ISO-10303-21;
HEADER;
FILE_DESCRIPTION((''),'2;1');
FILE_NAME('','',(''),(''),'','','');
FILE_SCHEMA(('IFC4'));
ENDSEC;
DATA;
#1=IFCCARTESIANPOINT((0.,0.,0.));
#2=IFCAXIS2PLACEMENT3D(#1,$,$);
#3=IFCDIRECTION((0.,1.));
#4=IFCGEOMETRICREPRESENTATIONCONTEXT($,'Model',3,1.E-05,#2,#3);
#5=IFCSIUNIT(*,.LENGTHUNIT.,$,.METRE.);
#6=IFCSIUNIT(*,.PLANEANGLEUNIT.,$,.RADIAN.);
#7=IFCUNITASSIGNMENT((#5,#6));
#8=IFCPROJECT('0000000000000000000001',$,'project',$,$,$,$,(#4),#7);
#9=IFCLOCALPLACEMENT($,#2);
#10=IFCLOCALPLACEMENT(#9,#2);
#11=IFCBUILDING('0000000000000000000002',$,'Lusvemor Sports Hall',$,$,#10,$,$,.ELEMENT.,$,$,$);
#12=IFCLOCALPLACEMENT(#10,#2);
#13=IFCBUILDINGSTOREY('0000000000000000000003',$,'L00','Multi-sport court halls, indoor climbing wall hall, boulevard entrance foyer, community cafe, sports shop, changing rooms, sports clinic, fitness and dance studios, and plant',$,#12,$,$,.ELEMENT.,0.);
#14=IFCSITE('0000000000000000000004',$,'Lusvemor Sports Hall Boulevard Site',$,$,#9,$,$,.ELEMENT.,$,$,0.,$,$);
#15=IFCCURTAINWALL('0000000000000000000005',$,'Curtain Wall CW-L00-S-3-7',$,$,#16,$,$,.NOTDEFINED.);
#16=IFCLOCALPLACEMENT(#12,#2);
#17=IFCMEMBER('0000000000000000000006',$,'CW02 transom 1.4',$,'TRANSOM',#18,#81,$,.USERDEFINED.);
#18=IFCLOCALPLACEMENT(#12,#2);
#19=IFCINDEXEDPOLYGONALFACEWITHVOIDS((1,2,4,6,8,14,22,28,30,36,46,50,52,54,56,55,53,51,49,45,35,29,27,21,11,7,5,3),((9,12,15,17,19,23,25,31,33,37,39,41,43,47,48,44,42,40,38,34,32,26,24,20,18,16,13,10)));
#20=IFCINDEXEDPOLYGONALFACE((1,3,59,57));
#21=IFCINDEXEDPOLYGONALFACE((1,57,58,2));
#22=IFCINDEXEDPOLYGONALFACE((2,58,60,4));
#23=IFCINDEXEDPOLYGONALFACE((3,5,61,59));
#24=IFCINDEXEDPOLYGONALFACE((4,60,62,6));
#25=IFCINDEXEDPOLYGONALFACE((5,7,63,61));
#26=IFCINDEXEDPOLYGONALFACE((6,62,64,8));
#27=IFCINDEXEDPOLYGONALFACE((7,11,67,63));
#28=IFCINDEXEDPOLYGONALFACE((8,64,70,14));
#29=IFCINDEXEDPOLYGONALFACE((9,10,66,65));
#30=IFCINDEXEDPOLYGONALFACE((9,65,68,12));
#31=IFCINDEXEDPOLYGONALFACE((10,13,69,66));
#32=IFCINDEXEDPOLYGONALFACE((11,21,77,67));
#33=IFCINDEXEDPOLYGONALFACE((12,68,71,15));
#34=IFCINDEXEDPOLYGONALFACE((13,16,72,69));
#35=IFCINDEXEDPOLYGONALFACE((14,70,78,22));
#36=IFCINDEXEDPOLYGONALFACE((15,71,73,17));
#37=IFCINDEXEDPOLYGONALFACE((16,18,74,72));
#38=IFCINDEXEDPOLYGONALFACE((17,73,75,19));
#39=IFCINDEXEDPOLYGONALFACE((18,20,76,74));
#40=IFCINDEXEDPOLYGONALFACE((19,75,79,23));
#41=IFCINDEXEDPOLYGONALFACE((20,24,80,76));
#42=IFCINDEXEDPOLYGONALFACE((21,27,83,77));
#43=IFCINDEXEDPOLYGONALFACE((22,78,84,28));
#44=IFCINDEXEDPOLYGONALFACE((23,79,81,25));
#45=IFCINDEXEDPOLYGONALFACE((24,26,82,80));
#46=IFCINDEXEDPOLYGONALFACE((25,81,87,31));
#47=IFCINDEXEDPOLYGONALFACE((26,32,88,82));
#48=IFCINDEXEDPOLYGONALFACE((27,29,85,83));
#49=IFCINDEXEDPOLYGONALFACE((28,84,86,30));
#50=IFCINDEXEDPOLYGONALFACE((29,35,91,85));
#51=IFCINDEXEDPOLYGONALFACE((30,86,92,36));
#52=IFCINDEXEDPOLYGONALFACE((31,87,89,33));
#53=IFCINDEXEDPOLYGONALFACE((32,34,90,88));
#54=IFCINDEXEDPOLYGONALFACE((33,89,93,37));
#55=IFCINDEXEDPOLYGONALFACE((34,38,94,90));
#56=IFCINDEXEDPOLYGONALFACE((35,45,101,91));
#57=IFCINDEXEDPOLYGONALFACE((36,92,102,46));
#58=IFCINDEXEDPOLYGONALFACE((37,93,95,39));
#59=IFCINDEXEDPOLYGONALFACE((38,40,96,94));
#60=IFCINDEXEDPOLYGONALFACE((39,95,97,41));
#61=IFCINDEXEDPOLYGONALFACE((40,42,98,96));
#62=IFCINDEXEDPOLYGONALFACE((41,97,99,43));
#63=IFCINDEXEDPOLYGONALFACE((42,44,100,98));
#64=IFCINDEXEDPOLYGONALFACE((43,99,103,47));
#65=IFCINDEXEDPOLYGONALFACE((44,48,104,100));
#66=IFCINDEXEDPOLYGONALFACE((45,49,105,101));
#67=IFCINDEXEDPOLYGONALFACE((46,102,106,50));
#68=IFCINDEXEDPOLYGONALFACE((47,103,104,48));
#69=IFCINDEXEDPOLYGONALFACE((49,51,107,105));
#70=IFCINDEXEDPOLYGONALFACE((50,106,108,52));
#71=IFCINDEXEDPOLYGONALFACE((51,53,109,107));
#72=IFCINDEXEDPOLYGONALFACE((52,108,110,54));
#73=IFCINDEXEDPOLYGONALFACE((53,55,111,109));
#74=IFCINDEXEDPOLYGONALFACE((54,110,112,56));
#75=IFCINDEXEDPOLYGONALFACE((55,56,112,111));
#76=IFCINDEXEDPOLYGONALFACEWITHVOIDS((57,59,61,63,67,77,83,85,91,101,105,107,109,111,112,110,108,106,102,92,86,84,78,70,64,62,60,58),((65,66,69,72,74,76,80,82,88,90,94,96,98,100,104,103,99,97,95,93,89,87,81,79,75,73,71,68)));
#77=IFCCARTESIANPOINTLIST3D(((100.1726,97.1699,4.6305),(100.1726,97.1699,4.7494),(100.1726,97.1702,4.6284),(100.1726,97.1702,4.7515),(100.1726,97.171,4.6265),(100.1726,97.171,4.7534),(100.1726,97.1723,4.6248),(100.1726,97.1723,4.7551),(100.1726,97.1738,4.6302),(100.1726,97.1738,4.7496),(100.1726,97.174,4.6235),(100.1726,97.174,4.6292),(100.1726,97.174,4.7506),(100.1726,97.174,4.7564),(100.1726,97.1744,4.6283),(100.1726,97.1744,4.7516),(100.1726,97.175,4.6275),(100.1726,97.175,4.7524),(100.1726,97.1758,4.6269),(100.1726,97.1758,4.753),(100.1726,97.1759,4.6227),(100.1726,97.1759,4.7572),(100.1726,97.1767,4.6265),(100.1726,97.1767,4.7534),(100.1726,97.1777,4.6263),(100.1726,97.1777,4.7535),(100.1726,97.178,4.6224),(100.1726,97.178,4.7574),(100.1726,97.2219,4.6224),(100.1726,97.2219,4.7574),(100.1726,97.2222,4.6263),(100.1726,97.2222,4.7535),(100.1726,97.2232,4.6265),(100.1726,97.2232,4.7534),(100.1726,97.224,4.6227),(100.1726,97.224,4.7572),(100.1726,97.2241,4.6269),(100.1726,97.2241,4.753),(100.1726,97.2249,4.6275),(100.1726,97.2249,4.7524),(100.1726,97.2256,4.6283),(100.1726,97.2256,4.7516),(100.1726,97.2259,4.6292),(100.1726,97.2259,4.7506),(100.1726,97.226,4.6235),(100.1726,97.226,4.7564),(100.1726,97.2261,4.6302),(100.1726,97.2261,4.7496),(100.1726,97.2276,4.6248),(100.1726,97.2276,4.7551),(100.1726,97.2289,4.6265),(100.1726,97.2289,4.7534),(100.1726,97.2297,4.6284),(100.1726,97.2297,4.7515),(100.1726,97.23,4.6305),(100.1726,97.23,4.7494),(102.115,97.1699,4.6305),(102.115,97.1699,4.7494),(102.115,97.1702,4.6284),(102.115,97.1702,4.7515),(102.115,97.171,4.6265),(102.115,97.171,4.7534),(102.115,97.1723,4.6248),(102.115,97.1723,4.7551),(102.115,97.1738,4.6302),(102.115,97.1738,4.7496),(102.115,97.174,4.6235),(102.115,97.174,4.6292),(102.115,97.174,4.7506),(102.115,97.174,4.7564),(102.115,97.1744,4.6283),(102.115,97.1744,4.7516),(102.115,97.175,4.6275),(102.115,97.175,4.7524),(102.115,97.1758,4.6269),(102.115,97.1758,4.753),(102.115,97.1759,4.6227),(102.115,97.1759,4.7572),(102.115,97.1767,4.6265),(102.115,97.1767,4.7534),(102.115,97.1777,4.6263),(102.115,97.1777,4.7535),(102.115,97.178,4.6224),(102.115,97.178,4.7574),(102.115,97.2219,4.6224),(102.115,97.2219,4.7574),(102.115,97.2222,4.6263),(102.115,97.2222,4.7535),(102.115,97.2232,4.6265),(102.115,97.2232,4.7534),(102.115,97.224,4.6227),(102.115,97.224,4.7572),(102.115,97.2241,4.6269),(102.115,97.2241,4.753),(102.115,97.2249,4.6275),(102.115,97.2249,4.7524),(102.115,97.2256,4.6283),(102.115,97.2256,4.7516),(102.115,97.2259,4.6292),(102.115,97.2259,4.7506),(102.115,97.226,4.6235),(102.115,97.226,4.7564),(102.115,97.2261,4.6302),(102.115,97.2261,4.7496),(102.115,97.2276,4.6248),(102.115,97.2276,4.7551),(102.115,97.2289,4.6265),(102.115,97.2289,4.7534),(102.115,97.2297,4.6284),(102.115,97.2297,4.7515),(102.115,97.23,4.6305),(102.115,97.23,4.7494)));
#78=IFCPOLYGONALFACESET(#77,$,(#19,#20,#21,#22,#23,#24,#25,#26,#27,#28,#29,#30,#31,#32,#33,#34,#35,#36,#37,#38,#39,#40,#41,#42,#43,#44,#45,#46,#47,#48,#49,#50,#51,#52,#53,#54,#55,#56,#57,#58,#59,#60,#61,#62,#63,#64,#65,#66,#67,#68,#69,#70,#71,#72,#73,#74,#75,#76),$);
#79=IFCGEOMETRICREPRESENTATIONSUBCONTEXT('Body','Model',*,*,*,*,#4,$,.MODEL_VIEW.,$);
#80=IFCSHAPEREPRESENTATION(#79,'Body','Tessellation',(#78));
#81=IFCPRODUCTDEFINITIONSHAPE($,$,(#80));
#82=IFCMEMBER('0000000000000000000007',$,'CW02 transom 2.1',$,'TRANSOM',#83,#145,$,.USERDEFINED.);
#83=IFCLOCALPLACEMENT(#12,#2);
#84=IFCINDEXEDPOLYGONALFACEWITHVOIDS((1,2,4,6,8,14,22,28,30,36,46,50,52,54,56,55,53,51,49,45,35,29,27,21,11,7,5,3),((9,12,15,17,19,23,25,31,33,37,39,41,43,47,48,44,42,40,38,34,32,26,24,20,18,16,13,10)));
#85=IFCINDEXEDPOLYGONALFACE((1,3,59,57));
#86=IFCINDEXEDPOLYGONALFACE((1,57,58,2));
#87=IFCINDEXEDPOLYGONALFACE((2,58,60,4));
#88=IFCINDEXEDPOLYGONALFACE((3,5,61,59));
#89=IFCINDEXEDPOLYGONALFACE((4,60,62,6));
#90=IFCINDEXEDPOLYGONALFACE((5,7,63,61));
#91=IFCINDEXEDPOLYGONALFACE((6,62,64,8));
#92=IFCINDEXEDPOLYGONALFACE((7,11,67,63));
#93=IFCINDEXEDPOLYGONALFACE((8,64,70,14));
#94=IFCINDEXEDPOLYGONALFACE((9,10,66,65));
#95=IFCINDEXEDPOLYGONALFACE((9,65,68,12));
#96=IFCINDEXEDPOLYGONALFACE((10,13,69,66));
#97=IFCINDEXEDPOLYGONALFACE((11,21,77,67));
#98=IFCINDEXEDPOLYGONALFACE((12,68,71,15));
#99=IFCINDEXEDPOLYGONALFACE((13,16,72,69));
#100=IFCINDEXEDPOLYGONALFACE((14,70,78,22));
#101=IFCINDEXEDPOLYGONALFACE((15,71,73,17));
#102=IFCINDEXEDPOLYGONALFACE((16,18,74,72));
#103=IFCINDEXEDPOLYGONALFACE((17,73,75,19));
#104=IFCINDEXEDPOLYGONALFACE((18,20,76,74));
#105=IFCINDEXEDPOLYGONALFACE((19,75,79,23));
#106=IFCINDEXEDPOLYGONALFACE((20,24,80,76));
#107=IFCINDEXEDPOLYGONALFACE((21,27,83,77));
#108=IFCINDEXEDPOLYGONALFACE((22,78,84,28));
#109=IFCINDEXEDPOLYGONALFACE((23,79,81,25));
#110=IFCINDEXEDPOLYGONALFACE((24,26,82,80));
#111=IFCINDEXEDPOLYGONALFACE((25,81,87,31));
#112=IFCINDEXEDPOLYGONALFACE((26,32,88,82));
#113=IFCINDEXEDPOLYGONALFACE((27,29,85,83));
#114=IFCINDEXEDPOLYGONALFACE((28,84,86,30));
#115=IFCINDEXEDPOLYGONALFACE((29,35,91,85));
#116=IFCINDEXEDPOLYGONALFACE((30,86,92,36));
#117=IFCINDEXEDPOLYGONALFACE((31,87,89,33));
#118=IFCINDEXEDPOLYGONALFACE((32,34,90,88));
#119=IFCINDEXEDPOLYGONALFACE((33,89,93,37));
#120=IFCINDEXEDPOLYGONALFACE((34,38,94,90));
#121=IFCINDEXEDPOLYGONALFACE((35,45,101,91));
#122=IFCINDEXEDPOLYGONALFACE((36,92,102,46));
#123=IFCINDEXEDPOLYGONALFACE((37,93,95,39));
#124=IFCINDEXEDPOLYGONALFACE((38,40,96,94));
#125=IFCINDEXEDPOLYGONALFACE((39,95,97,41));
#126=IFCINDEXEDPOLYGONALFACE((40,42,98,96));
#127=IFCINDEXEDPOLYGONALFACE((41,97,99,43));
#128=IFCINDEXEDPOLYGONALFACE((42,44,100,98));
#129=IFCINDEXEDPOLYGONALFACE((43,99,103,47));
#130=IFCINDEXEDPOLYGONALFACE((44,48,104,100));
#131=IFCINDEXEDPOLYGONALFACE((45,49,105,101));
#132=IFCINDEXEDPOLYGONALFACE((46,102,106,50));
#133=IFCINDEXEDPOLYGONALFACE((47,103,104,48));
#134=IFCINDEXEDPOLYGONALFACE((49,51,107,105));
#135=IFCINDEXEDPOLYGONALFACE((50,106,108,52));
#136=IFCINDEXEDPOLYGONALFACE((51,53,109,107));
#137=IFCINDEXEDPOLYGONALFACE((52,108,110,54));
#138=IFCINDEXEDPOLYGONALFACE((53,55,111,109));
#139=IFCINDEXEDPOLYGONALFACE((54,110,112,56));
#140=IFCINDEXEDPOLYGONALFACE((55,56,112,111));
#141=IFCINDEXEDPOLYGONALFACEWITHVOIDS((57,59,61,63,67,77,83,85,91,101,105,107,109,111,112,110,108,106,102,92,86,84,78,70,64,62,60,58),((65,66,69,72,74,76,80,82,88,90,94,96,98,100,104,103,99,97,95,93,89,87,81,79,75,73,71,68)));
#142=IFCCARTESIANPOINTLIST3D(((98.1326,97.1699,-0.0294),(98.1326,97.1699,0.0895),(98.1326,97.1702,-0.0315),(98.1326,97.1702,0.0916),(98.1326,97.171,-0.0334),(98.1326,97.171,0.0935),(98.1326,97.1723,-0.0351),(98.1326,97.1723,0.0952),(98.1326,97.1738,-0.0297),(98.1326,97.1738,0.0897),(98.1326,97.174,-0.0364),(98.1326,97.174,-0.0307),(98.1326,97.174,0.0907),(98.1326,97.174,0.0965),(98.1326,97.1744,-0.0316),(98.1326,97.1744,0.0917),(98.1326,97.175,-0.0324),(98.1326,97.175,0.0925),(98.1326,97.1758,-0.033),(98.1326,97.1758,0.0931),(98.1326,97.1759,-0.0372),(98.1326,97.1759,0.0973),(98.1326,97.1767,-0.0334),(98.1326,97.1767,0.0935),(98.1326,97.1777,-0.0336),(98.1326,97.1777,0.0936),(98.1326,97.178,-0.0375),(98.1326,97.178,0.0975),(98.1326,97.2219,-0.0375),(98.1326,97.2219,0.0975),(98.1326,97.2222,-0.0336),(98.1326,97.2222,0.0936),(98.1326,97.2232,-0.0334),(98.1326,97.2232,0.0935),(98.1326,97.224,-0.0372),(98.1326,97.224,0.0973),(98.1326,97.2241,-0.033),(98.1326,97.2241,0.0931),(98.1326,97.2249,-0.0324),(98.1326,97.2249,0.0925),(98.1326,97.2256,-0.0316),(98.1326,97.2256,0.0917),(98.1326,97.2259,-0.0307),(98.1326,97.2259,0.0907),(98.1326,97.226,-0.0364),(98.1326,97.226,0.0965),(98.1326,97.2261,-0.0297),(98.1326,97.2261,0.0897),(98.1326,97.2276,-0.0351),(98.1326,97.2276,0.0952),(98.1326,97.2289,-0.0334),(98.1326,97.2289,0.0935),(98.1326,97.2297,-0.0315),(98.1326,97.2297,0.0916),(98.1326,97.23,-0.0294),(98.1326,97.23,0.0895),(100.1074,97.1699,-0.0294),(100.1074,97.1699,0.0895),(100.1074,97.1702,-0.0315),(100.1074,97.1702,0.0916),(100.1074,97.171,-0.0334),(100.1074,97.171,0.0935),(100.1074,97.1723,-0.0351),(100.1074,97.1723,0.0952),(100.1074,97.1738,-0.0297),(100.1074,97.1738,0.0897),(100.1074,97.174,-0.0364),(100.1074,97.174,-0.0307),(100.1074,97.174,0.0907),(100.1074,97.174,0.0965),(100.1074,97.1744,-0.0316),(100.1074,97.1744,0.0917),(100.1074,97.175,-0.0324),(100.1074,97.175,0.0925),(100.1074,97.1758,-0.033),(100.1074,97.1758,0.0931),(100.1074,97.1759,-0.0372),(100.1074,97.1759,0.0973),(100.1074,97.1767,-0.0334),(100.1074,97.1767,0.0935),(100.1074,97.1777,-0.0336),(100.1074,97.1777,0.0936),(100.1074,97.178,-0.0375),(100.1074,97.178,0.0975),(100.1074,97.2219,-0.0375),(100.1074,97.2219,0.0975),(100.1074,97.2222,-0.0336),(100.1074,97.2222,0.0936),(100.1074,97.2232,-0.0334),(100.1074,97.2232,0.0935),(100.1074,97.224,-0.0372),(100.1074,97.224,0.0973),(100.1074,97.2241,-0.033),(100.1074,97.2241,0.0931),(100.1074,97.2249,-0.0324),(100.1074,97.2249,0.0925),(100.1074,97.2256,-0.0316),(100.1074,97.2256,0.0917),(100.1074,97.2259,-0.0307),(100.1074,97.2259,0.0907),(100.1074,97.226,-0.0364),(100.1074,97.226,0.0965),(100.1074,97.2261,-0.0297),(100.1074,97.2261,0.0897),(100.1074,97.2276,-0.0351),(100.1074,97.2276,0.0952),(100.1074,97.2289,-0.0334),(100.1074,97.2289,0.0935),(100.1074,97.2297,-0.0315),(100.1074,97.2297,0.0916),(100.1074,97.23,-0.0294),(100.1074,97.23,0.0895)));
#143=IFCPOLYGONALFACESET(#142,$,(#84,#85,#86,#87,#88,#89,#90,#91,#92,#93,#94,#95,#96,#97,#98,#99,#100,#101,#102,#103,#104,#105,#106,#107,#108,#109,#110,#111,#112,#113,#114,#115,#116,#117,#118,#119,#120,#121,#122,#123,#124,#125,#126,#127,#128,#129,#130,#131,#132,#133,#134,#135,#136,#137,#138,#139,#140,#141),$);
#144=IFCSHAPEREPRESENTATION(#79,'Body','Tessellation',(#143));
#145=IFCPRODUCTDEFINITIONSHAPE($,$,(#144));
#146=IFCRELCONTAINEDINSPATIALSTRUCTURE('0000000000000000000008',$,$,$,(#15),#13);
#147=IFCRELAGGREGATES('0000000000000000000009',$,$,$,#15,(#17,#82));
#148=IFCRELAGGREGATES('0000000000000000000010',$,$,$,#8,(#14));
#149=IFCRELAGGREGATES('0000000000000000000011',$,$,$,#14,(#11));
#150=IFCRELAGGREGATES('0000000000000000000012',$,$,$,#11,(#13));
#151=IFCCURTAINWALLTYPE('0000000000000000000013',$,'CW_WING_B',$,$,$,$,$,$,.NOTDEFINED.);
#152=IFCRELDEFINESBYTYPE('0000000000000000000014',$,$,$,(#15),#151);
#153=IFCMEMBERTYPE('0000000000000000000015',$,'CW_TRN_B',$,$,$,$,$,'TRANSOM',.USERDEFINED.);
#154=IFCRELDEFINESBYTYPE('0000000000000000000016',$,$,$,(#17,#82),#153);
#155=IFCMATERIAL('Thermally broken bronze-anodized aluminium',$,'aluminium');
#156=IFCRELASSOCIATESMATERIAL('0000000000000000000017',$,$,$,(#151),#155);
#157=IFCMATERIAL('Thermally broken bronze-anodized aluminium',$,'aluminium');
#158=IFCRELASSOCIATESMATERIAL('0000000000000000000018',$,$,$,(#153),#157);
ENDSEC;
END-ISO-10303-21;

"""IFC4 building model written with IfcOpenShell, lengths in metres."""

from ifc_helpers import new_model, si_unit, direction, frame, origin, origin_2d, place, context, subcontext, project, spatial, hollow_rectangle, extrude, material, material_profile, profile_set, type_object, element, aggregate, save


model = new_model("IFC4")

# Units and contexts
model_context = context("Model", 3, precision=1e-05, world=origin(), true_north=direction((0.0, 1.0)))
body_context = subcontext(model_context, "Body", "Model", "MODEL_VIEW")
ifc_project = project(units=[si_unit("LENGTHUNIT", "METRE"), si_unit("PLANEANGLEUNIT", "RADIAN")], contexts=[model_context])

# Site, building, storey
site_placement = place(None, origin())
site = spatial("IfcSite", under=ifc_project, at=site_placement, Name="Lusvemor Sports Hall Boulevard Site", CompositionType="ELEMENT", RefElevation=0.0)
building_placement = place(site_placement, origin())
building = spatial("IfcBuilding", under=site, at=building_placement, Name="Lusvemor Sports Hall", CompositionType="ELEMENT")
storey_placement = place(building_placement, origin())
storey = spatial("IfcBuildingStorey", under=building, at=storey_placement, Name="L00", Description="Multi-sport court halls, indoor climbing wall hall, boulevard entrance foyer, community cafe, sports shop, changing rooms, sports clinic, fitness and dance studios, and plant", CompositionType="ELEMENT", Elevation=0.0)

# Curtain wall
ifc_material_1 = material(Name="Thermally broken bronze-anodized aluminium", Category="aluminium")
curtain_wall_type = type_object("IfcCurtainWallType", Name="CW_WING_B", PredefinedType="NOTDEFINED", material=ifc_material_1)
curtain_wall_1_placement = place(storey_placement, origin())
curtain_wall_1 = element("IfcCurtainWall", 1, at=curtain_wall_1_placement, inside=storey, type_object=curtain_wall_type, Name="Curtain Wall CW-L00-S-3-7", PredefinedType="NOTDEFINED")

# Members
ifc_material_2 = material(Name="Thermally broken bronze-anodized aluminium", Category="aluminium")
ifc_material_profile_1 = material_profile(ifc_material_2, hollow_rectangle(XDim=0.0601, YDim=0.135, WallThickness=0.0039, InnerFilletRadius=0.0039, OuterFilletRadius=0.0081, at=origin_2d()), Name="CWTRN135x60x4")
ifc_profile_set_1 = profile_set([ifc_material_profile_1], Name="Thermally broken bronze-anodized aluminium")
member_type_1 = type_object("IfcMemberType", Name="CW_TRN_B", ElementType="TRANSOM", PredefinedType="USERDEFINED", material=ifc_profile_set_1)
member_1_placement = place(storey_placement, frame((102.115, 97.2, 4.6899), z_axis=(-1.0, 0.0, 0.0), x_axis=(0.0, -1.0, 0.0)))
member_1 = element("IfcMember", 2, at=member_1_placement, type_object=member_type_1, Name="CW02 transom 1.4", ObjectType="TRANSOM", PredefinedType="USERDEFINED", context=body_context, shape_type="SweptSolid", body=[
    extrude(hollow_rectangle(XDim=0.0601, YDim=0.135, WallThickness=0.0039, InnerFilletRadius=0.0039, OuterFilletRadius=0.0081, at=origin_2d()), origin(), (0.0, 0.0, 1.0), 1.9424),
])
member_2_placement = place(storey_placement, frame((100.1074, 97.2, 0.03), z_axis=(-1.0, 0.0, 0.0), x_axis=(0.0, -1.0, 0.0)))
member_2 = element("IfcMember", 3, at=member_2_placement, type_object=member_type_1, Name="CW02 transom 2.1", ObjectType="TRANSOM", PredefinedType="USERDEFINED", context=body_context, shape_type="SweptSolid", body=[
    extrude(hollow_rectangle(XDim=0.0601, YDim=0.135, WallThickness=0.0039, InnerFilletRadius=0.0039, OuterFilletRadius=0.0081, at=origin_2d()), origin(), (0.0, 0.0, 1.0), 1.9749),
])

aggregate(curtain_wall_1, [member_1, member_2])

save(model, "model.ifc")
